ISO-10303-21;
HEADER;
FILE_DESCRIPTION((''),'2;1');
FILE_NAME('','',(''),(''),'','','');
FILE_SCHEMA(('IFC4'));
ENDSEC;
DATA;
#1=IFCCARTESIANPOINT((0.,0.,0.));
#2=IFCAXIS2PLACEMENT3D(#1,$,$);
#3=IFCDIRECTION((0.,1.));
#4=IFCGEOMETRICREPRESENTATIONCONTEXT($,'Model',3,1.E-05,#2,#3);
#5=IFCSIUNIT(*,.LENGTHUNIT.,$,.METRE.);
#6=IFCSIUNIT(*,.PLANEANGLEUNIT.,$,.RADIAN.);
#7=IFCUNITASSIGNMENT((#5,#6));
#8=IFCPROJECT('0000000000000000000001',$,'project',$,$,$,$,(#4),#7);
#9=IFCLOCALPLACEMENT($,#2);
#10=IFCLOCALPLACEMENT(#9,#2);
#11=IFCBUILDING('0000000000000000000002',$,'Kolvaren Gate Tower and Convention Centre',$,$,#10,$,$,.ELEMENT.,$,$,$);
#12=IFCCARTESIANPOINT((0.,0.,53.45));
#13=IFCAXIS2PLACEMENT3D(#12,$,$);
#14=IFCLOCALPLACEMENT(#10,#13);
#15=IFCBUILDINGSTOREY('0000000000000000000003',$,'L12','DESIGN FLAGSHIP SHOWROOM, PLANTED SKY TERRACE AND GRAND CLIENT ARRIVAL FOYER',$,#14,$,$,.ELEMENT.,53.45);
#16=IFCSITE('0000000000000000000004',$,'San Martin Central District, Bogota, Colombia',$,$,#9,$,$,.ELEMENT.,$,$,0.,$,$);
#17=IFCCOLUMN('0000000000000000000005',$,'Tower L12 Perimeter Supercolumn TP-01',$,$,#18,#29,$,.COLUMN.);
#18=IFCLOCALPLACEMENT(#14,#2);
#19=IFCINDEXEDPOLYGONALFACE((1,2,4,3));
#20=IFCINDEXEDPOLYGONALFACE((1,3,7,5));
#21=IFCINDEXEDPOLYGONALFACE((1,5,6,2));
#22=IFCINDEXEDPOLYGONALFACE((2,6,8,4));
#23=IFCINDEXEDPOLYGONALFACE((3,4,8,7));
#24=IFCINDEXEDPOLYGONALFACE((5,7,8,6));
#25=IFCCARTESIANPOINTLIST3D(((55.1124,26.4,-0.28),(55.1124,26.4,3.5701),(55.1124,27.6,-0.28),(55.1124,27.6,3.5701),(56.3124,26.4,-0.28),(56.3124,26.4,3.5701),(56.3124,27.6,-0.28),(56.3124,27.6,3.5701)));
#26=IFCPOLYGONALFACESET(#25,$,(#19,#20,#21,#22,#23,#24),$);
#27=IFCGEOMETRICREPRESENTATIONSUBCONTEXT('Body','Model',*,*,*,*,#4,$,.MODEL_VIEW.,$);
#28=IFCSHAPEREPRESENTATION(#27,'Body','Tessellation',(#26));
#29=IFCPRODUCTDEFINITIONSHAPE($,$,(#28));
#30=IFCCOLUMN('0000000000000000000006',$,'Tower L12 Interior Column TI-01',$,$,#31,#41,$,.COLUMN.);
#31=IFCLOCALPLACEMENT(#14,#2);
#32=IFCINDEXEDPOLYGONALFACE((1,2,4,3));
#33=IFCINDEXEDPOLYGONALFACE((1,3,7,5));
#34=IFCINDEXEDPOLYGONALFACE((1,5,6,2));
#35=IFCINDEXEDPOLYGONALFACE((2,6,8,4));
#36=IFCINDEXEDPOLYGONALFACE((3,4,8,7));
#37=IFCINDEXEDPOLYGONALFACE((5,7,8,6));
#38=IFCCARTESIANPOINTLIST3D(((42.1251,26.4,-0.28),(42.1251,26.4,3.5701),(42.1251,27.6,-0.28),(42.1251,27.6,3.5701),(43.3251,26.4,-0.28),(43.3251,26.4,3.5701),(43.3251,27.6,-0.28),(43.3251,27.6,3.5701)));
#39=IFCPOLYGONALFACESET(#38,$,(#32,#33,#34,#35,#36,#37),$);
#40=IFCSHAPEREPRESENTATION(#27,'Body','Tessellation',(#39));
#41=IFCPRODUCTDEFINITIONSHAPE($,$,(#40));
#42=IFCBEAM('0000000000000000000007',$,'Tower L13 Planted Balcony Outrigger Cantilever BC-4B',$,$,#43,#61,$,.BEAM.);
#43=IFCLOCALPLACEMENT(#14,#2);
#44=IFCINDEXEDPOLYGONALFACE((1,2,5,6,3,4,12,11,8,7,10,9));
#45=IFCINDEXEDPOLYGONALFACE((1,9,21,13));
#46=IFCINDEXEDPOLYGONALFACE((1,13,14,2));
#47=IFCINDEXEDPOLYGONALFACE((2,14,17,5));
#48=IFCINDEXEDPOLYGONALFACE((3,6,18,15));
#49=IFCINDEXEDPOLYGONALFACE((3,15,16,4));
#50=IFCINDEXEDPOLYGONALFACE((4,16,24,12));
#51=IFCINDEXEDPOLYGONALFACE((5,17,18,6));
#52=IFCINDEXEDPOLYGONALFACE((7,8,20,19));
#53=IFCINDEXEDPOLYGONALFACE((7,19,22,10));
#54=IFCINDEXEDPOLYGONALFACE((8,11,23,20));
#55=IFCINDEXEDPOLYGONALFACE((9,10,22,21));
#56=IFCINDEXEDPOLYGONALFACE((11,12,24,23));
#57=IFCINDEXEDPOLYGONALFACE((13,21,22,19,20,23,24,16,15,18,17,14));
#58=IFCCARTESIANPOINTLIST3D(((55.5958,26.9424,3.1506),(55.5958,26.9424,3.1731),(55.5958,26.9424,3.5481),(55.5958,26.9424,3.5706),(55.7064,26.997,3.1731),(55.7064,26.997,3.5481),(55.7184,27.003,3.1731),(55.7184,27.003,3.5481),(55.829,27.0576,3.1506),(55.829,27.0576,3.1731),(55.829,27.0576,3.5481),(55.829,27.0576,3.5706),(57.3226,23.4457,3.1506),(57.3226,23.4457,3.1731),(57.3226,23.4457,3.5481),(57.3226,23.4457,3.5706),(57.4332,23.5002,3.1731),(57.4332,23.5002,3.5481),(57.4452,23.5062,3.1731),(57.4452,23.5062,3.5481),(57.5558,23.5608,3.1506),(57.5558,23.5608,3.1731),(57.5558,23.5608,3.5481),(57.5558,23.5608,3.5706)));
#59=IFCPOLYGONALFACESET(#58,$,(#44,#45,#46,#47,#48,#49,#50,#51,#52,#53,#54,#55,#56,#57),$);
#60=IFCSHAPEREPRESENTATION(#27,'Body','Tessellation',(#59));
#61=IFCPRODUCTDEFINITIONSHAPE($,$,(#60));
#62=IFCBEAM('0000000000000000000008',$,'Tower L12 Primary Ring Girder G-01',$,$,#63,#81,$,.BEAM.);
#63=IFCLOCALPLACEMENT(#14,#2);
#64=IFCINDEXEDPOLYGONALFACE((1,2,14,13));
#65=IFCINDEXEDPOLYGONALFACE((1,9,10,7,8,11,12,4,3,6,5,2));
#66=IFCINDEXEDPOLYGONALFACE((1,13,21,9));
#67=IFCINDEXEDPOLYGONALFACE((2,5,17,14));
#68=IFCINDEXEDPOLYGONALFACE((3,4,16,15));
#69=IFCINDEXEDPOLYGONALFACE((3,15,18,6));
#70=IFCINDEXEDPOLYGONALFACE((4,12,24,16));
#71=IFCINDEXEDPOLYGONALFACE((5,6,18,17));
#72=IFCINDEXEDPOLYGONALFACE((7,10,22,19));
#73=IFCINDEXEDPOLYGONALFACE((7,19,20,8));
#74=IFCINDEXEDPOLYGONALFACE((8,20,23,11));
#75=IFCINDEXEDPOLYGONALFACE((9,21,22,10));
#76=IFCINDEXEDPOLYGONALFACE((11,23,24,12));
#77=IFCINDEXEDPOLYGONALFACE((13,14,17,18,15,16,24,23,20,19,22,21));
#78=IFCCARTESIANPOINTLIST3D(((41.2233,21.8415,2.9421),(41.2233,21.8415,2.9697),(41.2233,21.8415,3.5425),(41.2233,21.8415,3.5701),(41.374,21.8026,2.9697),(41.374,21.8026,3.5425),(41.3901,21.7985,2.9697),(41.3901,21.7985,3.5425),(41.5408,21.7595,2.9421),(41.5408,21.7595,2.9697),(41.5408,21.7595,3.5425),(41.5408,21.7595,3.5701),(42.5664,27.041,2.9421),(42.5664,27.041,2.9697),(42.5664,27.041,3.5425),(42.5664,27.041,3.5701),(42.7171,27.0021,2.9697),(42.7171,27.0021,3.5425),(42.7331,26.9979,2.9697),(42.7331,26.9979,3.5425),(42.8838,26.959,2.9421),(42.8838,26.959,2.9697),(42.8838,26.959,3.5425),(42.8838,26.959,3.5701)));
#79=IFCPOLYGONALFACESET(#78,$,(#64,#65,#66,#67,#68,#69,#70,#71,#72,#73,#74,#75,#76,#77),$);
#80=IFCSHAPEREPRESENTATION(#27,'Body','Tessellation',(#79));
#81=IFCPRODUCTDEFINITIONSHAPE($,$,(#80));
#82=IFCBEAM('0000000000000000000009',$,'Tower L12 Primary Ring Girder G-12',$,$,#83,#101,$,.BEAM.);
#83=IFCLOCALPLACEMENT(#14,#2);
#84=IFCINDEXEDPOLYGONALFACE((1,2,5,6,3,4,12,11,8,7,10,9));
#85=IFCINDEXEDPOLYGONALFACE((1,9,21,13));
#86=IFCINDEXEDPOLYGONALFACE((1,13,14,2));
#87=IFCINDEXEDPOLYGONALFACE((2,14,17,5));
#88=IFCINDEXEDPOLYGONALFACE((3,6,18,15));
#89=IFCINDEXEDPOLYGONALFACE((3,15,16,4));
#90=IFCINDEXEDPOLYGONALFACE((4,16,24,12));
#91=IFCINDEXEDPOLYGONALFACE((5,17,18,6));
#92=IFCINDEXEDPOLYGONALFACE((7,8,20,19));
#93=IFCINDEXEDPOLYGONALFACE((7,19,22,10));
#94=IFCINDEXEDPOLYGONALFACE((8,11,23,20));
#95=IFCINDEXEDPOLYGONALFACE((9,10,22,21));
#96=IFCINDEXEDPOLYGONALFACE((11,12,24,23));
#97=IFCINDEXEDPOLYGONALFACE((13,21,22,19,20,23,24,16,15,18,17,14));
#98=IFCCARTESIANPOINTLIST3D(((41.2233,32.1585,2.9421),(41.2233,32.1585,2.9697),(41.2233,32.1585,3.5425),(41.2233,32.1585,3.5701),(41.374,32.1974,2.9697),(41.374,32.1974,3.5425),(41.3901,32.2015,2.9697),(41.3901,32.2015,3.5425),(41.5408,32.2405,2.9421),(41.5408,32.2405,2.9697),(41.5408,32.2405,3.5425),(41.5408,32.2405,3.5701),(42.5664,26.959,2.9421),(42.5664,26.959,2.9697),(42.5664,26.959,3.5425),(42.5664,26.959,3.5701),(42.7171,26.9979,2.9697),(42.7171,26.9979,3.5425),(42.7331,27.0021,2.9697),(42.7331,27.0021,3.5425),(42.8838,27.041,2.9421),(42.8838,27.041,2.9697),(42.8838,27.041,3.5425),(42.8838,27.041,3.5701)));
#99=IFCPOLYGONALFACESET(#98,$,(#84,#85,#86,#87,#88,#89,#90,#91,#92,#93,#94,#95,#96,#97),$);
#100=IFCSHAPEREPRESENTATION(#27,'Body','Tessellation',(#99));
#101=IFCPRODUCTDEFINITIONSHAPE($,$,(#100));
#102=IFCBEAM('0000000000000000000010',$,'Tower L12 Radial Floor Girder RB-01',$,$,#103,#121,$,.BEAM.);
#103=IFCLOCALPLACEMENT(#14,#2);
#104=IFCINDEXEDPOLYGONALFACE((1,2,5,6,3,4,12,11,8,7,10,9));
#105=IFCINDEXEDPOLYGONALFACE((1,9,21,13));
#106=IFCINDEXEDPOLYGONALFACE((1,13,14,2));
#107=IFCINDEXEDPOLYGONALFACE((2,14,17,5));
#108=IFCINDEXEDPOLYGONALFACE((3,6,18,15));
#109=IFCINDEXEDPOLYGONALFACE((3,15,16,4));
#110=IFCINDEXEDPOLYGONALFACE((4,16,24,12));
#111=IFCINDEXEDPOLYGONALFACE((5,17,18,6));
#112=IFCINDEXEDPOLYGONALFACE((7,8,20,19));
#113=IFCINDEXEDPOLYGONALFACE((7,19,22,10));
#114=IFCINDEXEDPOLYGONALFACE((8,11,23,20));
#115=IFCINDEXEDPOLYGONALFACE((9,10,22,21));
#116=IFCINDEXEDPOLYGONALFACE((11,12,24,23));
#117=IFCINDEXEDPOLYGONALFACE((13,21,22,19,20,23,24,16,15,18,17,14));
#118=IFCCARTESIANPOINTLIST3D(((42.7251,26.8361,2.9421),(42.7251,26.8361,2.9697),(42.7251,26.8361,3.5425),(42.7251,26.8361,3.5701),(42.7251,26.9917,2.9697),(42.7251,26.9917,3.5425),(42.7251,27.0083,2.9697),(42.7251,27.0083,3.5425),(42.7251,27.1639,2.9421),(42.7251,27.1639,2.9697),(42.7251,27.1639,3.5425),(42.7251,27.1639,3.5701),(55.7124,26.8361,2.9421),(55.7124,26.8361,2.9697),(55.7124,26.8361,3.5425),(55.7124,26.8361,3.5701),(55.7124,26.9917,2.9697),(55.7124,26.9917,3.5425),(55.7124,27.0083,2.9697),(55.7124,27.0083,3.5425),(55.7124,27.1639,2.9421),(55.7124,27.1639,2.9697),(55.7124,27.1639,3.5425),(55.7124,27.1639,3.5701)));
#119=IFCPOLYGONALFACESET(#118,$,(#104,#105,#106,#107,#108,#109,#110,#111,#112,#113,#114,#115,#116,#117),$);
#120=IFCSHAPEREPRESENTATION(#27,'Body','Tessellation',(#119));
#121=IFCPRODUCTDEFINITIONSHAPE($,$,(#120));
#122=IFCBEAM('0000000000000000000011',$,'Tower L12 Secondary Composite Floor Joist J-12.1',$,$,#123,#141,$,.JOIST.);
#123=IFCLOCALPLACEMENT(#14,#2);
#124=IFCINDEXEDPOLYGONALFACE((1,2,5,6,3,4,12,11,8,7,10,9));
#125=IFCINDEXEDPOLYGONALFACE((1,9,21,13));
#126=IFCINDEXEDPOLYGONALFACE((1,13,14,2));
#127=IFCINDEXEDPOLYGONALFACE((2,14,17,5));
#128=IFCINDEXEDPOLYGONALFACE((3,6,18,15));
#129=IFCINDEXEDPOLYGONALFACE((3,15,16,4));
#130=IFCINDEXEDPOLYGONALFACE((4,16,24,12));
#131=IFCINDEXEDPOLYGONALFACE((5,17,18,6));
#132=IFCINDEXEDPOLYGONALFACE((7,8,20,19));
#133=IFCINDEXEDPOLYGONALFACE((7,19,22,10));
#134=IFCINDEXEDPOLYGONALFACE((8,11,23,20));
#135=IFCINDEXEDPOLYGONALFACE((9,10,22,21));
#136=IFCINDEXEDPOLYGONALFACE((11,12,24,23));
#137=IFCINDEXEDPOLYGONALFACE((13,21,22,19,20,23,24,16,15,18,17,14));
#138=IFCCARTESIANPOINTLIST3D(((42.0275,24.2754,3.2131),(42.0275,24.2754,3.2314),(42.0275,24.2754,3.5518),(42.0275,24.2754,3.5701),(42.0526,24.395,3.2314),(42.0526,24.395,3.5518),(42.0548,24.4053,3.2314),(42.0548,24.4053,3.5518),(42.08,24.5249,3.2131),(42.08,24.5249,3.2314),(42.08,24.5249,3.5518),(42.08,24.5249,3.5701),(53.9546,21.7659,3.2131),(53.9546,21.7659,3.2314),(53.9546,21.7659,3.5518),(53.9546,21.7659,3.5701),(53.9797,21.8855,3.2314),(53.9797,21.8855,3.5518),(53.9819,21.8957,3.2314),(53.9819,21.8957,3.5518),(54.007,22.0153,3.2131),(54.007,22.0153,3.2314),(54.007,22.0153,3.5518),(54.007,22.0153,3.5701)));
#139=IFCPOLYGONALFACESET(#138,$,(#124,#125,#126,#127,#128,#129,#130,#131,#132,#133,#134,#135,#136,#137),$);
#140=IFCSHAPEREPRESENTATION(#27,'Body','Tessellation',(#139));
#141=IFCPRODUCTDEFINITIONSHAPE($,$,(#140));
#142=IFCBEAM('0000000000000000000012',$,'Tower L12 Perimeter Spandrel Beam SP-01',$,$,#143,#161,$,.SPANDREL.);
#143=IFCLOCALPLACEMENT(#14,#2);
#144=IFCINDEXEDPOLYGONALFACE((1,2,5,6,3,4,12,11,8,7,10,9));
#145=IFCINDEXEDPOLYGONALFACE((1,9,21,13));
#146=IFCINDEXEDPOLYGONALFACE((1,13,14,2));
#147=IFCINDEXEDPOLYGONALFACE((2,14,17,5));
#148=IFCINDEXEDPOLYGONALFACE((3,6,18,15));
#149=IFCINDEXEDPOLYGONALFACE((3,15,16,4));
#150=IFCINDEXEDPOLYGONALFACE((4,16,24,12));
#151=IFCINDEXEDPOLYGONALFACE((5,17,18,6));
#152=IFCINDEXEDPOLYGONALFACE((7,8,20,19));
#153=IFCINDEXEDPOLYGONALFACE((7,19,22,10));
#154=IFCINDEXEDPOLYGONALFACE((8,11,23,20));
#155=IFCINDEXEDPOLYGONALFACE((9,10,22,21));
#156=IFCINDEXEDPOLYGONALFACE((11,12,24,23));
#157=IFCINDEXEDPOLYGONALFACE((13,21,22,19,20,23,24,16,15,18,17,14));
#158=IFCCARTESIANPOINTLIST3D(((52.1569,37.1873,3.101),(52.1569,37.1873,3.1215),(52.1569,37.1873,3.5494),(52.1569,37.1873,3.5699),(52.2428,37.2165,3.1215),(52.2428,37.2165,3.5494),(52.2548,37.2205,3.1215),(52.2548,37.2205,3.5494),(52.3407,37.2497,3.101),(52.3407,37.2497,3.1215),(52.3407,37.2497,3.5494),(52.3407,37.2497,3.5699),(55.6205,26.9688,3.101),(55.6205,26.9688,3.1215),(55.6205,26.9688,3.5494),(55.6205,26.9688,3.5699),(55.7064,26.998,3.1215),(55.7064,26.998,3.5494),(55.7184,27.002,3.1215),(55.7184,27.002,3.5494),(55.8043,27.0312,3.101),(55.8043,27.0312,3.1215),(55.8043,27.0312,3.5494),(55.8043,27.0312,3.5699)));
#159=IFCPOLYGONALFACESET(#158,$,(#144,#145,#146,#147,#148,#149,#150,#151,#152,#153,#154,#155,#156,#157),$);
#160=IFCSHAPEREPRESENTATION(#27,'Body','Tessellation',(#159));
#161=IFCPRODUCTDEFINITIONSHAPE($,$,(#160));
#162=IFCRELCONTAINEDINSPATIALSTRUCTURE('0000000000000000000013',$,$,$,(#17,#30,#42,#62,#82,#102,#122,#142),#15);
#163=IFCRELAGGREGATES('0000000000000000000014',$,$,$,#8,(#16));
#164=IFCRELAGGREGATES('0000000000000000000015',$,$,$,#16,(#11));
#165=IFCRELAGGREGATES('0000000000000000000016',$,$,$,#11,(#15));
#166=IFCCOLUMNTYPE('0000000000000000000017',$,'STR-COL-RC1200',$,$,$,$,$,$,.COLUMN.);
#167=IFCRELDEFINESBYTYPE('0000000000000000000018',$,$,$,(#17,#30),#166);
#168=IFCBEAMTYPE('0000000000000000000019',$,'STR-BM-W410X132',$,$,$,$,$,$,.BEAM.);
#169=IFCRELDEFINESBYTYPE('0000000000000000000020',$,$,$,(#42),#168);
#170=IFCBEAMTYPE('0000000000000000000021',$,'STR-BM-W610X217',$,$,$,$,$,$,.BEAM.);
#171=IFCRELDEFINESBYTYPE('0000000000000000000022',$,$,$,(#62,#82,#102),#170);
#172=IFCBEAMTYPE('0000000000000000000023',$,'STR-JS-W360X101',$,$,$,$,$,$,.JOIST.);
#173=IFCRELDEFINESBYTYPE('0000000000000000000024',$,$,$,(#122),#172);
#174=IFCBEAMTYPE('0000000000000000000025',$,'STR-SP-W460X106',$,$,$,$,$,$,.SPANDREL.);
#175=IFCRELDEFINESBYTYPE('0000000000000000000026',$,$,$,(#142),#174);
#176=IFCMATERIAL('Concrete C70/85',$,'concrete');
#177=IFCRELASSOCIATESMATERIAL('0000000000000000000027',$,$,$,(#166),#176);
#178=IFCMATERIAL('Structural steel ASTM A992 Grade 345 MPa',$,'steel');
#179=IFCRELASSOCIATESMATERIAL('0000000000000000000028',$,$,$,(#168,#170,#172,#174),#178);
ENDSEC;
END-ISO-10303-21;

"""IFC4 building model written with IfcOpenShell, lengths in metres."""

from ifc_helpers import new_model, si_unit, direction, frame, origin, origin_2d, place, context, subcontext, project, spatial, rectangle, i_section, extrude, material, material_profile, profile_set, type_object, element, save


model = new_model("IFC4")

# Units and contexts
model_context = context("Model", 3, precision=1e-05, world=origin(), true_north=direction((0.0, 1.0)))
body_context = subcontext(model_context, "Body", "Model", "MODEL_VIEW")
ifc_project = project(units=[si_unit("LENGTHUNIT", "METRE"), si_unit("PLANEANGLEUNIT", "RADIAN")], contexts=[model_context])

# Site, building, storey
site_placement = place(None, origin())
site = spatial("IfcSite", under=ifc_project, at=site_placement, Name="San Martin Central District, Bogota, Colombia", CompositionType="ELEMENT", RefElevation=0.0)
building_placement = place(site_placement, origin())
building = spatial("IfcBuilding", under=site, at=building_placement, Name="Kolvaren Gate Tower and Convention Centre", CompositionType="ELEMENT")
storey_placement = place(building_placement, frame((0.0, 0.0, 53.45)))
storey = spatial("IfcBuildingStorey", under=building, at=storey_placement, Name="L12", Description="DESIGN FLAGSHIP SHOWROOM, PLANTED SKY TERRACE AND GRAND CLIENT ARRIVAL FOYER", CompositionType="ELEMENT", Elevation=53.45)

# Columns
ifc_material_1 = material(Name="Concrete C70/85", Category="concrete")
ifc_material_profile_1 = material_profile(ifc_material_1, rectangle(XDim=1.2, YDim=1.2, at=origin_2d()), Name="RC-COL-1200X1200")
ifc_profile_set_1 = profile_set([ifc_material_profile_1], Name="Concrete C70/85")
column_type = type_object("IfcColumnType", Name="STR-COL-RC1200", PredefinedType="COLUMN", material=ifc_profile_set_1)
for number, where, z_axis, x_axis, name in (
    (1, (55.7124, 27.0, -0.28), (0.0, 0.0, 1.0), (1.0, 0.0, 0.0), "Tower L12 Perimeter Supercolumn TP-01"),
    (2, (42.7251, 27.0, -0.28), (0.0, 0.0, 1.0), (1.0, 0.0, 0.0), "Tower L12 Interior Column TI-01"),
):
    element("IfcColumn", number, at=place(storey_placement, frame(where, z_axis=z_axis, x_axis=x_axis)), inside=storey, type_object=column_type, Name=name, PredefinedType="COLUMN", context=body_context, shape_type="SweptSolid", body=[
        extrude(rectangle(XDim=1.2, YDim=1.2, at=origin_2d()), origin(), (0.0, 0.0, 1.0), 3.8501),
    ])

# Beams
ifc_material_2 = material(Name="Structural steel ASTM A992 Grade 345 MPa", Category="steel")
ifc_material_profile_2 = material_profile(ifc_material_2, i_section(OverallWidth=0.26, OverallDepth=0.4199, WebThickness=0.0134, FlangeThickness=0.0225, at=origin_2d()), Name="W410X132")
ifc_profile_set_2 = profile_set([ifc_material_profile_2], Name="Structural steel ASTM A992 Grade 345 MPa")
beam_type_1 = type_object("IfcBeamType", Name="STR-BM-W410X132", PredefinedType="BEAM", material=ifc_profile_set_2)
beam_1_placement = place(storey_placement, frame((55.7124, 27.0, 3.3606), z_axis=(0.442776, -0.896632, 0.0), x_axis=(0.896632, 0.442776, 0.0)))
element("IfcBeam", 3, at=beam_1_placement, inside=storey, type_object=beam_type_1, Name="Tower L13 Planted Balcony Outrigger Cantilever BC-4B", PredefinedType="BEAM", context=body_context, shape_type="SweptSolid", body=[
    extrude(i_section(OverallWidth=0.26, OverallDepth=0.4199, WebThickness=0.0134, FlangeThickness=0.0225, at=origin_2d()), origin(), (0.0, 0.0, 1.0), 3.8999),
])
ifc_material_profile_3 = material_profile(ifc_material_2, i_section(OverallWidth=0.3279, OverallDepth=0.6279, WebThickness=0.0166, FlangeThickness=0.0276, at=origin_2d()), Name="W610X217")
ifc_profile_set_3 = profile_set([ifc_material_profile_3], Name="Structural steel ASTM A992 Grade 345 MPa")
beam_type_2 = type_object("IfcBeamType", Name="STR-BM-W610X217", PredefinedType="BEAM", material=ifc_profile_set_3)
for number, where, z_axis, x_axis, name in (
    (4, (42.7251, 27.0, 3.2561), (-0.250091, -0.968222, 0.0), (0.968222, -0.250091, 0.0), "Tower L12 Primary Ring Girder G-01"),
    (5, (42.7251, 27.0, 3.2561), (-0.250091, 0.968222, 0.0), (-0.968222, -0.250091, 0.0), "Tower L12 Primary Ring Girder G-12"),
):
    element("IfcBeam", number, at=place(storey_placement, frame(where, z_axis=z_axis, x_axis=x_axis)), inside=storey, type_object=beam_type_2, Name=name, PredefinedType="BEAM", context=body_context, shape_type="SweptSolid", body=[
        extrude(i_section(OverallWidth=0.3279, OverallDepth=0.6279, WebThickness=0.0166, FlangeThickness=0.0276, at=origin_2d()), origin(), (0.0, 0.0, 1.0), 5.3701),
    ])
beam_2_placement = place(storey_placement, frame((42.7251, 27.0, 3.2561), z_axis=(1.0, 0.0, 0.0), x_axis=(0.0, 1.0, 0.0)))
element("IfcBeam", 6, at=beam_2_placement, inside=storey, type_object=beam_type_2, Name="Tower L12 Radial Floor Girder RB-01", PredefinedType="BEAM", context=body_context, shape_type="SweptSolid", body=[
    extrude(i_section(OverallWidth=0.3279, OverallDepth=0.6279, WebThickness=0.0166, FlangeThickness=0.0276, at=origin_2d()), origin(), (0.0, 0.0, 1.0), 12.9873),
])
ifc_material_profile_4 = material_profile(ifc_material_2, i_section(OverallWidth=0.2549, OverallDepth=0.3569, WebThickness=0.0105, FlangeThickness=0.0183, at=origin_2d()), Name="W360X101")
ifc_profile_set_4 = profile_set([ifc_material_profile_4], Name="Structural steel ASTM A992 Grade 345 MPa")
beam_type_3 = type_object("IfcBeamType", Name="STR-JS-W360X101", PredefinedType="JOIST", material=ifc_profile_set_4)
beam_3_placement = place(storey_placement, frame((42.0537, 24.4001, 3.3916), z_axis=(0.978573, -0.205898, 0.0), x_axis=(0.205898, 0.978573, 0.0)))
element("IfcBeam", 7, at=beam_3_placement, inside=storey, type_object=beam_type_3, Name="Tower L12 Secondary Composite Floor Joist J-12.1", PredefinedType="JOIST", context=body_context, shape_type="SweptSolid", body=[
    extrude(i_section(OverallWidth=0.2549, OverallDepth=0.3569, WebThickness=0.0105, FlangeThickness=0.0183, at=origin_2d()), origin(), (0.0, 0.0, 1.0), 12.1882),
])
ifc_material_profile_5 = material_profile(ifc_material_2, i_section(OverallWidth=0.1941, OverallDepth=0.469, WebThickness=0.0127, FlangeThickness=0.0205, at=origin_2d()), Name="W460X106")
ifc_profile_set_5 = profile_set([ifc_material_profile_5], Name="Structural steel ASTM A992 Grade 345 MPa")
beam_type_4 = type_object("IfcBeamType", Name="STR-SP-W460X106", PredefinedType="SPANDREL", material=ifc_profile_set_5)
beam_4_placement = place(storey_placement, frame((55.7124, 27.0, 3.3354), z_axis=(-0.321016, 0.947074, 0.0), x_axis=(-0.947074, -0.321016, 0.0)))
element("IfcBeam", 8, at=beam_4_placement, inside=storey, type_object=beam_type_4, Name="Tower L12 Perimeter Spandrel Beam SP-01", PredefinedType="SPANDREL", context=body_context, shape_type="SweptSolid", body=[
    extrude(i_section(OverallWidth=0.1941, OverallDepth=0.469, WebThickness=0.0127, FlangeThickness=0.0205, at=origin_2d()), origin(), (0.0, 0.0, 1.0), 10.7896),
])

save(model, "model.ifc")
